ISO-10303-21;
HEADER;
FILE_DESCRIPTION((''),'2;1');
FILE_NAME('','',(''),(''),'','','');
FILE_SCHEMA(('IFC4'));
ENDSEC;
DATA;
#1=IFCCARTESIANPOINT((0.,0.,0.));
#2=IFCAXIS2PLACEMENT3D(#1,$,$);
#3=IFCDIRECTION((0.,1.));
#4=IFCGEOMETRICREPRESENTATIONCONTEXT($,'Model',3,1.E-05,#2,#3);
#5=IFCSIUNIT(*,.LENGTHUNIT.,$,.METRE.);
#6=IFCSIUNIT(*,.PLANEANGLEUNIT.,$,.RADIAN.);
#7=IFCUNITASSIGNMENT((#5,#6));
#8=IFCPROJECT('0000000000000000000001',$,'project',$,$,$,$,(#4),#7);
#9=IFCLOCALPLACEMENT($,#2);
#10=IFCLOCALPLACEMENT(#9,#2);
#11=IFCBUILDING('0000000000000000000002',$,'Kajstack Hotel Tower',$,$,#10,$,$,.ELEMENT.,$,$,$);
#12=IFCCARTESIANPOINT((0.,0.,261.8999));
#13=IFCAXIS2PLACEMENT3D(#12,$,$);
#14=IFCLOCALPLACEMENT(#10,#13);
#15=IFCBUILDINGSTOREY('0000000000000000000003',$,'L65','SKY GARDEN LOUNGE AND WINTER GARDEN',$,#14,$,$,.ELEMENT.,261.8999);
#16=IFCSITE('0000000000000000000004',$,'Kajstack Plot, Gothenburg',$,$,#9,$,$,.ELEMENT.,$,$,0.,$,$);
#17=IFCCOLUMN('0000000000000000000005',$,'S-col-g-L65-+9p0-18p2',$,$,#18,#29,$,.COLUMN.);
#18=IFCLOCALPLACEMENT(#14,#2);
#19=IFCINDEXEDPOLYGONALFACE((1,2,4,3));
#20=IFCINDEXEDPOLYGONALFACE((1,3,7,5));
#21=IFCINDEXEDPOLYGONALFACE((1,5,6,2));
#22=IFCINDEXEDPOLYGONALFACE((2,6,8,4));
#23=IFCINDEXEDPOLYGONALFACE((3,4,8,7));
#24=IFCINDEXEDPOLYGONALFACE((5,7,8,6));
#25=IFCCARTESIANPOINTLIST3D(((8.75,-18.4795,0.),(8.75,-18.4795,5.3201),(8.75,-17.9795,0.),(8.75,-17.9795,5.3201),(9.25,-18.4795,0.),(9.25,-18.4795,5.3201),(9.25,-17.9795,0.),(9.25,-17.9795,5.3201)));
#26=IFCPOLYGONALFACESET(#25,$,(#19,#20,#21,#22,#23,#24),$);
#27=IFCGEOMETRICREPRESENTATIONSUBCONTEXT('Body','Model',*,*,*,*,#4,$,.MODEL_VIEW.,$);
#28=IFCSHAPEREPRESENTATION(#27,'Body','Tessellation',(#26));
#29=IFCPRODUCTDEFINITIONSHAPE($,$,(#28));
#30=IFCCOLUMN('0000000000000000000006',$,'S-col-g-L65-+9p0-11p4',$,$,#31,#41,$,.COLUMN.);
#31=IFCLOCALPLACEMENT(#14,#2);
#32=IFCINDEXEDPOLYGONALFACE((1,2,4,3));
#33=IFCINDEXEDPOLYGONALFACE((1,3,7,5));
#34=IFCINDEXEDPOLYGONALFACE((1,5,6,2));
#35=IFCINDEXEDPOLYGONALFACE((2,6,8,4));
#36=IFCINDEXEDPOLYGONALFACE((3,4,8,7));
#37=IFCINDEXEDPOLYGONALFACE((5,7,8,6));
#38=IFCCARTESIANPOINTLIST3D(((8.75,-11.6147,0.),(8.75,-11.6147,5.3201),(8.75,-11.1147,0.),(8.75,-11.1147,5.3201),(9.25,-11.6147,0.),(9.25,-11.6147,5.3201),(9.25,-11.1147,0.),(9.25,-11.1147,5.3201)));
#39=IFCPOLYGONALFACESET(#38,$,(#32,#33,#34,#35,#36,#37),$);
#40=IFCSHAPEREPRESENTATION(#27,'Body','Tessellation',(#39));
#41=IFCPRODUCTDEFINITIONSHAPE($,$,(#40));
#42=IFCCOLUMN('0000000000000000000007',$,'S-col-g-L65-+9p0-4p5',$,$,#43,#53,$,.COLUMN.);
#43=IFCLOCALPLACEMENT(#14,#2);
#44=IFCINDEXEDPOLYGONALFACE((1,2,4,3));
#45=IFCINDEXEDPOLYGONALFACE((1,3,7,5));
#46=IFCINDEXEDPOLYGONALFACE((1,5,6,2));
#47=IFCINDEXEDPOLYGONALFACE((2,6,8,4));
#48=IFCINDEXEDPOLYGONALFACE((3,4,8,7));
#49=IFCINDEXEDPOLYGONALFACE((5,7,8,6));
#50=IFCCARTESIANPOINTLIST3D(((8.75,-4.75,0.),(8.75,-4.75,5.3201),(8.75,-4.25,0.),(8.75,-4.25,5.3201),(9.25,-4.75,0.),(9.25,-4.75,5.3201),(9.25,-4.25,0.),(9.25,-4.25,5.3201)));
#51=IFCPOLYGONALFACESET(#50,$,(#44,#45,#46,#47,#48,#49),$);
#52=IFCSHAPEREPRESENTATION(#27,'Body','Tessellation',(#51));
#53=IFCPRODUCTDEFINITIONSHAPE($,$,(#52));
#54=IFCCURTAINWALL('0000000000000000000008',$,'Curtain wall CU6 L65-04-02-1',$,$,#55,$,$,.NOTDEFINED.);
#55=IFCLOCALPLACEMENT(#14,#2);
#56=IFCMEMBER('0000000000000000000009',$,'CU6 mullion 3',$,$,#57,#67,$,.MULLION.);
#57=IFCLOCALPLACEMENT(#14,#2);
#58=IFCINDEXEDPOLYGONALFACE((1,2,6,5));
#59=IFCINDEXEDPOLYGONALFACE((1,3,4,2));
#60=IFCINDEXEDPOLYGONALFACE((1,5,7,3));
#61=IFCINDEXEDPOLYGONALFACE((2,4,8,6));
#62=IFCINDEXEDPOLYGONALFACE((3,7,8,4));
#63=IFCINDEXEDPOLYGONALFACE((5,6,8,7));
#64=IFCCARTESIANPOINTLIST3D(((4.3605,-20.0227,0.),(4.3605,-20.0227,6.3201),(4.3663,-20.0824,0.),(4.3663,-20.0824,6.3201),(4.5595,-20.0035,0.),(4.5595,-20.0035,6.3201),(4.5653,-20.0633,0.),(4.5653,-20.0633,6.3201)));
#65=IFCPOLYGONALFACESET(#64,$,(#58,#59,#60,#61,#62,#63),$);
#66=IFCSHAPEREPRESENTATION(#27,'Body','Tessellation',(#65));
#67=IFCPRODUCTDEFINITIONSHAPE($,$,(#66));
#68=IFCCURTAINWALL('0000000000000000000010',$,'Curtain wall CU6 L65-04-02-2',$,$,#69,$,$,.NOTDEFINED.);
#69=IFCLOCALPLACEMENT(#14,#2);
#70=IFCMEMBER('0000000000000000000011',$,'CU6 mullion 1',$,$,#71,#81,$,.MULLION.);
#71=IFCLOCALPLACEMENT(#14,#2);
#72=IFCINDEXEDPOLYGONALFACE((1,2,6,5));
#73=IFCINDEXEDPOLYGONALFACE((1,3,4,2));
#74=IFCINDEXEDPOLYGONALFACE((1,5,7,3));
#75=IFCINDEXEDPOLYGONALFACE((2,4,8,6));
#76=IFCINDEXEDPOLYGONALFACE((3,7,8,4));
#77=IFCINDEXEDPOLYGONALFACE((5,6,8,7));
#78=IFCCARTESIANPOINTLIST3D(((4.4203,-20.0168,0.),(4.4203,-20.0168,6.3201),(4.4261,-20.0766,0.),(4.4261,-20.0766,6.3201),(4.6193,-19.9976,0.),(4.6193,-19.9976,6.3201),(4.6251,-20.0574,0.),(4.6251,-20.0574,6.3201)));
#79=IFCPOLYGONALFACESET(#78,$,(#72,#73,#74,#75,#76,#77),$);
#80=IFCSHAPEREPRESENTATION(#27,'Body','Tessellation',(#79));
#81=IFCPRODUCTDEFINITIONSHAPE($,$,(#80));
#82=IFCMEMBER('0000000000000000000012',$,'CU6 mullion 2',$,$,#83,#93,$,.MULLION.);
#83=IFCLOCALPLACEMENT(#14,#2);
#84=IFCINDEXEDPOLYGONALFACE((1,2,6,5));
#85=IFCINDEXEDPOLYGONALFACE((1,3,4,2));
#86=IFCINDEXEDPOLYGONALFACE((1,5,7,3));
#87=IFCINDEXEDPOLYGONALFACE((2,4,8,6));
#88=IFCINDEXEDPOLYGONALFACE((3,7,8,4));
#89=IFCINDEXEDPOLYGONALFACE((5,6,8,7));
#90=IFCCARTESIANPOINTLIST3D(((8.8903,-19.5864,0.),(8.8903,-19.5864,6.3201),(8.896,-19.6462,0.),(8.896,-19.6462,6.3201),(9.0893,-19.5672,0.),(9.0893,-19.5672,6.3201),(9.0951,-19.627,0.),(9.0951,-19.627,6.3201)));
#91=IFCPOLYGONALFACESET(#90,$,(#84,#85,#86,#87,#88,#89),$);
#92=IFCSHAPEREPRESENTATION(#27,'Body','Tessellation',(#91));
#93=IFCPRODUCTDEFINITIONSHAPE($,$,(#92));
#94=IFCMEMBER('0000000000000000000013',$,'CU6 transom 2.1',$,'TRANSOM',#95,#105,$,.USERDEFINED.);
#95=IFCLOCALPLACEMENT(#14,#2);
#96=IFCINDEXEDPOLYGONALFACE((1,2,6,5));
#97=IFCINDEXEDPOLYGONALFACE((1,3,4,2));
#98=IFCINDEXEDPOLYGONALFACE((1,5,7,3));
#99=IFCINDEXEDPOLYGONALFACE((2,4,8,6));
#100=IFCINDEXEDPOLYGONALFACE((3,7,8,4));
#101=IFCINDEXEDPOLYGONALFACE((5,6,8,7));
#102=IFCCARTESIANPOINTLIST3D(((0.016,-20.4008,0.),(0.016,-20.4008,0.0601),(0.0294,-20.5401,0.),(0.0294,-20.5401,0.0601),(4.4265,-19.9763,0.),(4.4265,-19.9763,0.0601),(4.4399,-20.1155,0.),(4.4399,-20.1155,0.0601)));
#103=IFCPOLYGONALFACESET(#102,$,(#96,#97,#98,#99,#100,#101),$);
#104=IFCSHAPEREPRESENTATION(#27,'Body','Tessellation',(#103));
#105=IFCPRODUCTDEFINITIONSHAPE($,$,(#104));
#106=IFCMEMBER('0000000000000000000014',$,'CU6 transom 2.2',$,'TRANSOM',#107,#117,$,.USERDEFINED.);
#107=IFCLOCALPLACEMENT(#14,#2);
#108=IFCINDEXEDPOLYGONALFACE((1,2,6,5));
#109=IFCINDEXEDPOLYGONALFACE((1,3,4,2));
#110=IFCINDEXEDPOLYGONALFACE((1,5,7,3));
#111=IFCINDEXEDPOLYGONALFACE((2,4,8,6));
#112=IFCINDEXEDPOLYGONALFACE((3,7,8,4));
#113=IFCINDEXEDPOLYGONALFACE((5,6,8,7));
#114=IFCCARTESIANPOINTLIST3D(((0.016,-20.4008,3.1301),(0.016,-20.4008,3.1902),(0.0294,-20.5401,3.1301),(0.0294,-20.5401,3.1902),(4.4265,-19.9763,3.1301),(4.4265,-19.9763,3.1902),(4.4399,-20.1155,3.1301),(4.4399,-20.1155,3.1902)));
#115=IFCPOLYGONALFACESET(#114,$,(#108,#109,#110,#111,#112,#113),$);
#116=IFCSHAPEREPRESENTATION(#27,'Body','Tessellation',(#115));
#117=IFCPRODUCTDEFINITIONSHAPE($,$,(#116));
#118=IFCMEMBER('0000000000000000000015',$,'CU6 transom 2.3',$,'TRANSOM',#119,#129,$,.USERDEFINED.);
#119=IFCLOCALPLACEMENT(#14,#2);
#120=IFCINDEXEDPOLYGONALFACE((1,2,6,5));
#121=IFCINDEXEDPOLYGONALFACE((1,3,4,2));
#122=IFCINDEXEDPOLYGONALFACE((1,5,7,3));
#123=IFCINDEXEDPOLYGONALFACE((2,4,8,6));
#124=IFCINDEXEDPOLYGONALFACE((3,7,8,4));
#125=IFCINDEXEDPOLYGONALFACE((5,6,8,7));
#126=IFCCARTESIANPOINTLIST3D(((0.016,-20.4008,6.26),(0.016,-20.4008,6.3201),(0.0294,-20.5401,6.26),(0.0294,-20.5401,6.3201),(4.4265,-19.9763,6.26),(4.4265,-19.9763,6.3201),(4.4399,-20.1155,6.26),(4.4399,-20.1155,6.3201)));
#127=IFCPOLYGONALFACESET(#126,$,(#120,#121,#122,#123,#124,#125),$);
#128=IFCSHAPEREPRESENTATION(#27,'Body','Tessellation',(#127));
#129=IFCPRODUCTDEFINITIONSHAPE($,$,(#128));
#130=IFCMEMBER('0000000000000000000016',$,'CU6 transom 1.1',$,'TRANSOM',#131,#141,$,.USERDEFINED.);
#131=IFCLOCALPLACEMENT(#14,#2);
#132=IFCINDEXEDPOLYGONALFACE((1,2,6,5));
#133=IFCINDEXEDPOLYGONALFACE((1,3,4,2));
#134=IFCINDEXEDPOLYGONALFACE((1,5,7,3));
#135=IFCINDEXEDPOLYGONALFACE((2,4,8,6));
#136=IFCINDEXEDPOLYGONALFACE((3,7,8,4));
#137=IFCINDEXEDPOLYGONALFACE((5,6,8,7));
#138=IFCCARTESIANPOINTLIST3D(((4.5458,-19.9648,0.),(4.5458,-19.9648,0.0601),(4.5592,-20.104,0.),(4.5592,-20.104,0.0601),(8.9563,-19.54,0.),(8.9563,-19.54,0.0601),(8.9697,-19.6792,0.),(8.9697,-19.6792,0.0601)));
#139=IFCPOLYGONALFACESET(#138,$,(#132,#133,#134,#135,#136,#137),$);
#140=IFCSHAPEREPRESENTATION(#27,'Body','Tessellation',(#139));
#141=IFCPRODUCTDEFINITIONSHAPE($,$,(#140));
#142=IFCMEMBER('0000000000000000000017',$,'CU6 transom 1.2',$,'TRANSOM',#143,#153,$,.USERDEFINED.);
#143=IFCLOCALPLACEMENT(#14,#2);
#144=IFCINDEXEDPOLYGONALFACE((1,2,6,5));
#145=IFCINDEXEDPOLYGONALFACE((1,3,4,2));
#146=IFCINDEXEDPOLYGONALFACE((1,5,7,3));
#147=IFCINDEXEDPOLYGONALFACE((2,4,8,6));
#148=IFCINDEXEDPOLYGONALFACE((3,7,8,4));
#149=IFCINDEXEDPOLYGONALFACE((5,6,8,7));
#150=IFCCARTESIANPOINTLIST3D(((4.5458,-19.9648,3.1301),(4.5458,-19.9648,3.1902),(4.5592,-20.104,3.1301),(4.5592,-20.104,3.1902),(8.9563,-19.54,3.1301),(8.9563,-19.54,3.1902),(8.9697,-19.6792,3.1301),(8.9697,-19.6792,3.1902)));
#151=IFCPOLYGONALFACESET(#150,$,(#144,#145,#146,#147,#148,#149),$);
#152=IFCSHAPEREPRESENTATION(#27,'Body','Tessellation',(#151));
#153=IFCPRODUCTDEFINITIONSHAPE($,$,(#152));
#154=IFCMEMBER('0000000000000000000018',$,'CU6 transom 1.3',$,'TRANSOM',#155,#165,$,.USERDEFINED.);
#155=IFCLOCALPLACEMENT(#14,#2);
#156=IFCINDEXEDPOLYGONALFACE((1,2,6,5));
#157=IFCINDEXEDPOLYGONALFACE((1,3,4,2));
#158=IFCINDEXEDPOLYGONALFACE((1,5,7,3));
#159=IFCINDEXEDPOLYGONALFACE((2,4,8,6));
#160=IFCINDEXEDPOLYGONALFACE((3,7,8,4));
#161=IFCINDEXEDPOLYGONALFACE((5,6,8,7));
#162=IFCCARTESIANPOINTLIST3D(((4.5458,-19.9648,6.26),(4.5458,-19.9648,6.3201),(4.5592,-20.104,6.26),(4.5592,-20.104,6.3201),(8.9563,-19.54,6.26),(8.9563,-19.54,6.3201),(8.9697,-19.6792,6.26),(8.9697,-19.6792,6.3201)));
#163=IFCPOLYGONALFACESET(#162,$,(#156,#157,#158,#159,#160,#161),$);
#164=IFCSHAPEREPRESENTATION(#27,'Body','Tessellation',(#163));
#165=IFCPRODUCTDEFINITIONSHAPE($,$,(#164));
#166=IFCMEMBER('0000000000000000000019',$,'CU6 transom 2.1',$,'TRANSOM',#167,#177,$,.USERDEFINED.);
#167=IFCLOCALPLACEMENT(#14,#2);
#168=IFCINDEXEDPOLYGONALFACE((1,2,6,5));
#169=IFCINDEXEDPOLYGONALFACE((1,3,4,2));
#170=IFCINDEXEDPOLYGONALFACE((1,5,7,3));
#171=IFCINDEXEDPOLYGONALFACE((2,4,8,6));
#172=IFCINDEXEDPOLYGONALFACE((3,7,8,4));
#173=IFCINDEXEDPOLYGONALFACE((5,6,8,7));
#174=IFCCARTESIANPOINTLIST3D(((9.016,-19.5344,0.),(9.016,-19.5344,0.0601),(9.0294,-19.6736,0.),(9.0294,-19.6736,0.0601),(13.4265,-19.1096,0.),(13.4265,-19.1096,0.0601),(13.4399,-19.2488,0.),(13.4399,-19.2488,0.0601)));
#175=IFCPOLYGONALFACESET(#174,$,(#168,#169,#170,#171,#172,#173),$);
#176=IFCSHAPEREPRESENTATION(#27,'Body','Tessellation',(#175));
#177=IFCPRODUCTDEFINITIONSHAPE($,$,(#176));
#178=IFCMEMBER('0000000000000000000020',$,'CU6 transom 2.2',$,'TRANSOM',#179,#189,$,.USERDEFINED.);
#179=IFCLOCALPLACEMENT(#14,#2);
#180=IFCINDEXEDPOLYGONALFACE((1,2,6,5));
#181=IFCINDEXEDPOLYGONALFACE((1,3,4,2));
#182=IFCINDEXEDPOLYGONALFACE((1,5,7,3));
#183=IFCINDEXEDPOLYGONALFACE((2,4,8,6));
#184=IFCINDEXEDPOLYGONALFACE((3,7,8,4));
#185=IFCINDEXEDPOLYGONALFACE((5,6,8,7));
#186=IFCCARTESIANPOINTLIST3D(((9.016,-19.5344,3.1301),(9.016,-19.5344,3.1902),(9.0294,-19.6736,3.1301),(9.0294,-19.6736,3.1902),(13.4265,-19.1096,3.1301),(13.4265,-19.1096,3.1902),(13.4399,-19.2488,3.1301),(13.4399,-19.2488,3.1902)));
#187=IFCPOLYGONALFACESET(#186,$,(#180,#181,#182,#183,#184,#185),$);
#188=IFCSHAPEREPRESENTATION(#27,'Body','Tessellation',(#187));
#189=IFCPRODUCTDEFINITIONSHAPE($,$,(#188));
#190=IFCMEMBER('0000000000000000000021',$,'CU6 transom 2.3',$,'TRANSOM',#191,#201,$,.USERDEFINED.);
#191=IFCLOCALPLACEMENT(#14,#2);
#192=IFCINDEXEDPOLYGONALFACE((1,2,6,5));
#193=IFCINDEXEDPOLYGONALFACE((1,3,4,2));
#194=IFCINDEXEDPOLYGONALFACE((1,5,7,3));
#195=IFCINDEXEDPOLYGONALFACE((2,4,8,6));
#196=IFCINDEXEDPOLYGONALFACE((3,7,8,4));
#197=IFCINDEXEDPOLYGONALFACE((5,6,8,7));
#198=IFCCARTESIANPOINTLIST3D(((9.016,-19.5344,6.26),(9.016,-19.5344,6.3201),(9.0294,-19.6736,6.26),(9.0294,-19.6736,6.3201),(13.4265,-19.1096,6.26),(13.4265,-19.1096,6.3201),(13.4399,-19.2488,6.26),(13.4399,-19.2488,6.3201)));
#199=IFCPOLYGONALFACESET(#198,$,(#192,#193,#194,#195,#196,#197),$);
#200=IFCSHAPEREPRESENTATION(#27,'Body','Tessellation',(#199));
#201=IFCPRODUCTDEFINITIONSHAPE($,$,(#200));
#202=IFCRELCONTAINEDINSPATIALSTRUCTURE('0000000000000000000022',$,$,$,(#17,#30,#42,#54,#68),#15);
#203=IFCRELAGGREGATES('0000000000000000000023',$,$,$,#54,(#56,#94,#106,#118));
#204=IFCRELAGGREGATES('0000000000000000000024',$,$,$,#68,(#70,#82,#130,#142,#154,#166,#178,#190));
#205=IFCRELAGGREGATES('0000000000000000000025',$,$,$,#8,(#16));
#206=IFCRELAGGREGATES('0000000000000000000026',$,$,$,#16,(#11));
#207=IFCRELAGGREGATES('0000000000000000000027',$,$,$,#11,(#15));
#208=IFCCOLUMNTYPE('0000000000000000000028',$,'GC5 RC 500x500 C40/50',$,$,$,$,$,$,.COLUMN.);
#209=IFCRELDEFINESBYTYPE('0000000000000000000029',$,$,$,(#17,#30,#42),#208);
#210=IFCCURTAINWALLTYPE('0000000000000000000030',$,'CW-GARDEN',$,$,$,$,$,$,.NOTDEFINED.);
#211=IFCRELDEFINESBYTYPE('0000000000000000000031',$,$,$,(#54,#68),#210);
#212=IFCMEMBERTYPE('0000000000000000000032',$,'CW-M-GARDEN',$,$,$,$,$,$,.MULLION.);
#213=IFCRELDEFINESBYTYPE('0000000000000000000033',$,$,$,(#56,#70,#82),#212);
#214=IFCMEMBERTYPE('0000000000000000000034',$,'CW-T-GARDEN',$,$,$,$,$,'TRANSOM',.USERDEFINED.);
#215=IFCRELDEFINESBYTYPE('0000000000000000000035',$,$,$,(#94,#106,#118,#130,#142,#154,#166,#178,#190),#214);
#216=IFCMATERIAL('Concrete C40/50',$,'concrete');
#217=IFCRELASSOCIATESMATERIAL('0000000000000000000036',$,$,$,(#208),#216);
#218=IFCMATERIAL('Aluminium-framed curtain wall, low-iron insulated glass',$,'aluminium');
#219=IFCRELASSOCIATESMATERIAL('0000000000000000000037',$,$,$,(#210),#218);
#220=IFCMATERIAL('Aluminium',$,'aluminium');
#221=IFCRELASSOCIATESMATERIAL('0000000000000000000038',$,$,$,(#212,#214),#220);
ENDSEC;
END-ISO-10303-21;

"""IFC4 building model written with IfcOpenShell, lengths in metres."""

from ifc_helpers import new_model, si_unit, direction, frame, origin, origin_2d, place, context, subcontext, project, spatial, rectangle, extrude, material, material_profile, profile_set, type_object, element, aggregate, save


model = new_model("IFC4")

# Units and contexts
model_context = context("Model", 3, precision=1e-05, world=origin(), true_north=direction((0.0, 1.0)))
body_context = subcontext(model_context, "Body", "Model", "MODEL_VIEW")
ifc_project = project(units=[si_unit("LENGTHUNIT", "METRE"), si_unit("PLANEANGLEUNIT", "RADIAN")], contexts=[model_context])

# Site, building, storey
site_placement = place(None, origin())
site = spatial("IfcSite", under=ifc_project, at=site_placement, Name="Kajstack Plot, Gothenburg", CompositionType="ELEMENT", RefElevation=0.0)
building_placement = place(site_placement, origin())
building = spatial("IfcBuilding", under=site, at=building_placement, Name="Kajstack Hotel Tower", CompositionType="ELEMENT")
storey_placement = place(building_placement, frame((0.0, 0.0, 261.8999)))
storey = spatial("IfcBuildingStorey", under=building, at=storey_placement, Name="L65", Description="SKY GARDEN LOUNGE AND WINTER GARDEN", CompositionType="ELEMENT", Elevation=261.8999)

# Columns
ifc_material_1 = material(Name="Concrete C40/50", Category="concrete")
ifc_material_profile_1 = material_profile(ifc_material_1, rectangle(XDim=0.5, YDim=0.5, at=origin_2d()), Name="RC 500x500")
ifc_profile_set_1 = profile_set([ifc_material_profile_1], Name="Concrete C40/50")
column_type = type_object("IfcColumnType", Name="GC5 RC 500x500 C40/50", PredefinedType="COLUMN", material=ifc_profile_set_1)
for number, where, z_axis, x_axis, name in (
    (1, (9.0, -18.2295, 0.0), (0.0, 0.0, 1.0), (1.0, 0.0, 0.0), "S-col-g-L65-+9p0-18p2"),
    (2, (9.0, -11.3647, 0.0), (0.0, 0.0, 1.0), (1.0, 0.0, 0.0), "S-col-g-L65-+9p0-11p4"),
    (3, (9.0, -4.5, 0.0), (0.0, 0.0, 1.0), (1.0, 0.0, 0.0), "S-col-g-L65-+9p0-4p5"),
):
    element("IfcColumn", number, at=place(storey_placement, frame(where, z_axis=z_axis, x_axis=x_axis)), inside=storey, type_object=column_type, Name=name, PredefinedType="COLUMN", context=body_context, shape_type="SweptSolid", body=[
        extrude(rectangle(XDim=0.5, YDim=0.5, at=origin_2d()), origin(), (0.0, 0.0, 1.0), 5.3201),
    ])

# Curtain wall, member
ifc_material_2 = material(Name="Aluminium-framed curtain wall, low-iron insulated glass", Category="aluminium")
curtain_wall_type = type_object("IfcCurtainWallType", Name="CW-GARDEN", PredefinedType="NOTDEFINED", material=ifc_material_2)
curtain_wall_1_placement = place(storey_placement, origin())
curtain_wall_1 = element("IfcCurtainWall", 4, at=curtain_wall_1_placement, inside=storey, type_object=curtain_wall_type, Name="Curtain wall CU6 L65-04-02-1", PredefinedType="NOTDEFINED")
ifc_material_3 = material(Name="Aluminium", Category="aluminium")
ifc_material_profile_2 = material_profile(ifc_material_3, rectangle(XDim=0.0601, YDim=0.2, at=origin_2d()), Name="Aluminium mullion 60 x 200")
ifc_profile_set_2 = profile_set([ifc_material_profile_2], Name="Aluminium")
member_type_1 = type_object("IfcMemberType", Name="CW-M-GARDEN", PredefinedType="MULLION", material=ifc_profile_set_2)
member_1_placement = place(storey_placement, frame((4.4629, -20.043, 0.0), z_axis=(0.0, 0.0, 1.0), x_axis=(-0.095846, 0.995396, 0.0)))
member_1 = element("IfcMember", 5, at=member_1_placement, type_object=member_type_1, Name="CU6 mullion 3", PredefinedType="MULLION", context=body_context, shape_type="SweptSolid", body=[
    extrude(rectangle(XDim=0.0601, YDim=0.2, at=origin_2d()), origin(), (0.0, 0.0, 1.0), 6.3201),
])

# Curtain wall, members
curtain_wall_2_placement = place(storey_placement, origin())
curtain_wall_2 = element("IfcCurtainWall", 6, at=curtain_wall_2_placement, inside=storey, type_object=curtain_wall_type, Name="Curtain wall CU6 L65-04-02-2", PredefinedType="NOTDEFINED")
member_2_placement = place(storey_placement, frame((4.5227, -20.0371, 0.0), z_axis=(0.0, 0.0, 1.0), x_axis=(-0.095846, 0.995396, 0.0)))
member_2 = element("IfcMember", 7, at=member_2_placement, type_object=member_type_1, Name="CU6 mullion 1", PredefinedType="MULLION", context=body_context, shape_type="SweptSolid", body=[
    extrude(rectangle(XDim=0.0601, YDim=0.2, at=origin_2d()), origin(), (0.0, 0.0, 1.0), 6.3201),
])
member_3_placement = place(storey_placement, frame((8.9927, -19.6067, 0.0), z_axis=(0.0, 0.0, 1.0), x_axis=(-0.095846, 0.995396, 0.0)))
member_3 = element("IfcMember", 8, at=member_3_placement, type_object=member_type_1, Name="CU6 mullion 2", PredefinedType="MULLION", context=body_context, shape_type="SweptSolid", body=[
    extrude(rectangle(XDim=0.0601, YDim=0.2, at=origin_2d()), origin(), (0.0, 0.0, 1.0), 6.3201),
])

# Members
ifc_material_profile_3 = material_profile(ifc_material_3, rectangle(XDim=0.1399, YDim=0.0601, at=origin_2d()), Name="Aluminium transom 140 x 60")
ifc_profile_set_3 = profile_set([ifc_material_profile_3], Name="Aluminium")
member_type_2 = type_object("IfcMemberType", Name="CW-T-GARDEN", ElementType="TRANSOM", PredefinedType="USERDEFINED", material=ifc_profile_set_3)
member_4_placement = place(storey_placement, frame((0.0227, -20.4705, 0.03), z_axis=(0.995399, 0.095821, 0.0), x_axis=(-0.095821, 0.995399, 0.0)))
member_4 = element("IfcMember", 9, at=member_4_placement, type_object=member_type_2, Name="CU6 transom 2.1", ObjectType="TRANSOM", PredefinedType="USERDEFINED", context=body_context, shape_type="SweptSolid", body=[
    extrude(rectangle(XDim=0.1399, YDim=0.0601, at=origin_2d()), origin(), (0.0, 0.0, 1.0), 4.4309),
])
member_5_placement = place(storey_placement, frame((0.0227, -20.4705, 3.1602), z_axis=(0.995399, 0.095821, 0.0), x_axis=(-0.095821, 0.995399, 0.0)))
member_5 = element("IfcMember", 10, at=member_5_placement, type_object=member_type_2, Name="CU6 transom 2.2", ObjectType="TRANSOM", PredefinedType="USERDEFINED", context=body_context, shape_type="SweptSolid", body=[
    extrude(rectangle(XDim=0.1399, YDim=0.0601, at=origin_2d()), origin(), (0.0, 0.0, 1.0), 4.4309),
])
member_6_placement = place(storey_placement, frame((0.0227, -20.4705, 6.29), z_axis=(0.995399, 0.095821, 0.0), x_axis=(-0.095821, 0.995399, 0.0)))
member_6 = element("IfcMember", 11, at=member_6_placement, type_object=member_type_2, Name="CU6 transom 2.3", ObjectType="TRANSOM", PredefinedType="USERDEFINED", context=body_context, shape_type="SweptSolid", body=[
    extrude(rectangle(XDim=0.1399, YDim=0.0601, at=origin_2d()), origin(), (0.0, 0.0, 1.0), 4.4309),
])
member_7_placement = place(storey_placement, frame((4.5525, -20.0344, 0.03), z_axis=(0.995393, 0.095875, 0.0), x_axis=(-0.095875, 0.995393, 0.0)))
member_7 = element("IfcMember", 12, at=member_7_placement, type_object=member_type_2, Name="CU6 transom 1.1", ObjectType="TRANSOM", PredefinedType="USERDEFINED", context=body_context, shape_type="SweptSolid", body=[
    extrude(rectangle(XDim=0.1399, YDim=0.0601, at=origin_2d()), origin(), (0.0, 0.0, 1.0), 4.4309),
])
member_8_placement = place(storey_placement, frame((4.5525, -20.0344, 3.1602), z_axis=(0.995393, 0.095875, 0.0), x_axis=(-0.095875, 0.995393, 0.0)))
member_8 = element("IfcMember", 13, at=member_8_placement, type_object=member_type_2, Name="CU6 transom 1.2", ObjectType="TRANSOM", PredefinedType="USERDEFINED", context=body_context, shape_type="SweptSolid", body=[
    extrude(rectangle(XDim=0.1399, YDim=0.0601, at=origin_2d()), origin(), (0.0, 0.0, 1.0), 4.4309),
])
member_9_placement = place(storey_placement, frame((4.5525, -20.0344, 6.29), z_axis=(0.995393, 0.095875, 0.0), x_axis=(-0.095875, 0.995393, 0.0)))
member_9 = element("IfcMember", 14, at=member_9_placement, type_object=member_type_2, Name="CU6 transom 1.3", ObjectType="TRANSOM", PredefinedType="USERDEFINED", context=body_context, shape_type="SweptSolid", body=[
    extrude(rectangle(XDim=0.1399, YDim=0.0601, at=origin_2d()), origin(), (0.0, 0.0, 1.0), 4.4309),
])
member_10_placement = place(storey_placement, frame((9.0227, -19.604, 0.03), z_axis=(0.995393, 0.095875, 0.0), x_axis=(-0.095875, 0.995393, 0.0)))
member_10 = element("IfcMember", 15, at=member_10_placement, type_object=member_type_2, Name="CU6 transom 2.1", ObjectType="TRANSOM", PredefinedType="USERDEFINED", context=body_context, shape_type="SweptSolid", body=[
    extrude(rectangle(XDim=0.1399, YDim=0.0601, at=origin_2d()), origin(), (0.0, 0.0, 1.0), 4.4309),
])
member_11_placement = place(storey_placement, frame((9.0227, -19.604, 3.1602), z_axis=(0.995393, 0.095875, 0.0), x_axis=(-0.095875, 0.995393, 0.0)))
member_11 = element("IfcMember", 16, at=member_11_placement, type_object=member_type_2, Name="CU6 transom 2.2", ObjectType="TRANSOM", PredefinedType="USERDEFINED", context=body_context, shape_type="SweptSolid", body=[
    extrude(rectangle(XDim=0.1399, YDim=0.0601, at=origin_2d()), origin(), (0.0, 0.0, 1.0), 4.4309),
])
member_12_placement = place(storey_placement, frame((9.0227, -19.604, 6.29), z_axis=(0.995393, 0.095875, 0.0), x_axis=(-0.095875, 0.995393, 0.0)))
member_12 = element("IfcMember", 17, at=member_12_placement, type_object=member_type_2, Name="CU6 transom 2.3", ObjectType="TRANSOM", PredefinedType="USERDEFINED", context=body_context, shape_type="SweptSolid", body=[
    extrude(rectangle(XDim=0.1399, YDim=0.0601, at=origin_2d()), origin(), (0.0, 0.0, 1.0), 4.4309),
])

aggregate(curtain_wall_1, [member_1, member_4, member_5, member_6])
aggregate(curtain_wall_2, [member_2, member_3, member_7, member_8, member_9, member_10, member_11, member_12])

save(model, "model.ifc")
